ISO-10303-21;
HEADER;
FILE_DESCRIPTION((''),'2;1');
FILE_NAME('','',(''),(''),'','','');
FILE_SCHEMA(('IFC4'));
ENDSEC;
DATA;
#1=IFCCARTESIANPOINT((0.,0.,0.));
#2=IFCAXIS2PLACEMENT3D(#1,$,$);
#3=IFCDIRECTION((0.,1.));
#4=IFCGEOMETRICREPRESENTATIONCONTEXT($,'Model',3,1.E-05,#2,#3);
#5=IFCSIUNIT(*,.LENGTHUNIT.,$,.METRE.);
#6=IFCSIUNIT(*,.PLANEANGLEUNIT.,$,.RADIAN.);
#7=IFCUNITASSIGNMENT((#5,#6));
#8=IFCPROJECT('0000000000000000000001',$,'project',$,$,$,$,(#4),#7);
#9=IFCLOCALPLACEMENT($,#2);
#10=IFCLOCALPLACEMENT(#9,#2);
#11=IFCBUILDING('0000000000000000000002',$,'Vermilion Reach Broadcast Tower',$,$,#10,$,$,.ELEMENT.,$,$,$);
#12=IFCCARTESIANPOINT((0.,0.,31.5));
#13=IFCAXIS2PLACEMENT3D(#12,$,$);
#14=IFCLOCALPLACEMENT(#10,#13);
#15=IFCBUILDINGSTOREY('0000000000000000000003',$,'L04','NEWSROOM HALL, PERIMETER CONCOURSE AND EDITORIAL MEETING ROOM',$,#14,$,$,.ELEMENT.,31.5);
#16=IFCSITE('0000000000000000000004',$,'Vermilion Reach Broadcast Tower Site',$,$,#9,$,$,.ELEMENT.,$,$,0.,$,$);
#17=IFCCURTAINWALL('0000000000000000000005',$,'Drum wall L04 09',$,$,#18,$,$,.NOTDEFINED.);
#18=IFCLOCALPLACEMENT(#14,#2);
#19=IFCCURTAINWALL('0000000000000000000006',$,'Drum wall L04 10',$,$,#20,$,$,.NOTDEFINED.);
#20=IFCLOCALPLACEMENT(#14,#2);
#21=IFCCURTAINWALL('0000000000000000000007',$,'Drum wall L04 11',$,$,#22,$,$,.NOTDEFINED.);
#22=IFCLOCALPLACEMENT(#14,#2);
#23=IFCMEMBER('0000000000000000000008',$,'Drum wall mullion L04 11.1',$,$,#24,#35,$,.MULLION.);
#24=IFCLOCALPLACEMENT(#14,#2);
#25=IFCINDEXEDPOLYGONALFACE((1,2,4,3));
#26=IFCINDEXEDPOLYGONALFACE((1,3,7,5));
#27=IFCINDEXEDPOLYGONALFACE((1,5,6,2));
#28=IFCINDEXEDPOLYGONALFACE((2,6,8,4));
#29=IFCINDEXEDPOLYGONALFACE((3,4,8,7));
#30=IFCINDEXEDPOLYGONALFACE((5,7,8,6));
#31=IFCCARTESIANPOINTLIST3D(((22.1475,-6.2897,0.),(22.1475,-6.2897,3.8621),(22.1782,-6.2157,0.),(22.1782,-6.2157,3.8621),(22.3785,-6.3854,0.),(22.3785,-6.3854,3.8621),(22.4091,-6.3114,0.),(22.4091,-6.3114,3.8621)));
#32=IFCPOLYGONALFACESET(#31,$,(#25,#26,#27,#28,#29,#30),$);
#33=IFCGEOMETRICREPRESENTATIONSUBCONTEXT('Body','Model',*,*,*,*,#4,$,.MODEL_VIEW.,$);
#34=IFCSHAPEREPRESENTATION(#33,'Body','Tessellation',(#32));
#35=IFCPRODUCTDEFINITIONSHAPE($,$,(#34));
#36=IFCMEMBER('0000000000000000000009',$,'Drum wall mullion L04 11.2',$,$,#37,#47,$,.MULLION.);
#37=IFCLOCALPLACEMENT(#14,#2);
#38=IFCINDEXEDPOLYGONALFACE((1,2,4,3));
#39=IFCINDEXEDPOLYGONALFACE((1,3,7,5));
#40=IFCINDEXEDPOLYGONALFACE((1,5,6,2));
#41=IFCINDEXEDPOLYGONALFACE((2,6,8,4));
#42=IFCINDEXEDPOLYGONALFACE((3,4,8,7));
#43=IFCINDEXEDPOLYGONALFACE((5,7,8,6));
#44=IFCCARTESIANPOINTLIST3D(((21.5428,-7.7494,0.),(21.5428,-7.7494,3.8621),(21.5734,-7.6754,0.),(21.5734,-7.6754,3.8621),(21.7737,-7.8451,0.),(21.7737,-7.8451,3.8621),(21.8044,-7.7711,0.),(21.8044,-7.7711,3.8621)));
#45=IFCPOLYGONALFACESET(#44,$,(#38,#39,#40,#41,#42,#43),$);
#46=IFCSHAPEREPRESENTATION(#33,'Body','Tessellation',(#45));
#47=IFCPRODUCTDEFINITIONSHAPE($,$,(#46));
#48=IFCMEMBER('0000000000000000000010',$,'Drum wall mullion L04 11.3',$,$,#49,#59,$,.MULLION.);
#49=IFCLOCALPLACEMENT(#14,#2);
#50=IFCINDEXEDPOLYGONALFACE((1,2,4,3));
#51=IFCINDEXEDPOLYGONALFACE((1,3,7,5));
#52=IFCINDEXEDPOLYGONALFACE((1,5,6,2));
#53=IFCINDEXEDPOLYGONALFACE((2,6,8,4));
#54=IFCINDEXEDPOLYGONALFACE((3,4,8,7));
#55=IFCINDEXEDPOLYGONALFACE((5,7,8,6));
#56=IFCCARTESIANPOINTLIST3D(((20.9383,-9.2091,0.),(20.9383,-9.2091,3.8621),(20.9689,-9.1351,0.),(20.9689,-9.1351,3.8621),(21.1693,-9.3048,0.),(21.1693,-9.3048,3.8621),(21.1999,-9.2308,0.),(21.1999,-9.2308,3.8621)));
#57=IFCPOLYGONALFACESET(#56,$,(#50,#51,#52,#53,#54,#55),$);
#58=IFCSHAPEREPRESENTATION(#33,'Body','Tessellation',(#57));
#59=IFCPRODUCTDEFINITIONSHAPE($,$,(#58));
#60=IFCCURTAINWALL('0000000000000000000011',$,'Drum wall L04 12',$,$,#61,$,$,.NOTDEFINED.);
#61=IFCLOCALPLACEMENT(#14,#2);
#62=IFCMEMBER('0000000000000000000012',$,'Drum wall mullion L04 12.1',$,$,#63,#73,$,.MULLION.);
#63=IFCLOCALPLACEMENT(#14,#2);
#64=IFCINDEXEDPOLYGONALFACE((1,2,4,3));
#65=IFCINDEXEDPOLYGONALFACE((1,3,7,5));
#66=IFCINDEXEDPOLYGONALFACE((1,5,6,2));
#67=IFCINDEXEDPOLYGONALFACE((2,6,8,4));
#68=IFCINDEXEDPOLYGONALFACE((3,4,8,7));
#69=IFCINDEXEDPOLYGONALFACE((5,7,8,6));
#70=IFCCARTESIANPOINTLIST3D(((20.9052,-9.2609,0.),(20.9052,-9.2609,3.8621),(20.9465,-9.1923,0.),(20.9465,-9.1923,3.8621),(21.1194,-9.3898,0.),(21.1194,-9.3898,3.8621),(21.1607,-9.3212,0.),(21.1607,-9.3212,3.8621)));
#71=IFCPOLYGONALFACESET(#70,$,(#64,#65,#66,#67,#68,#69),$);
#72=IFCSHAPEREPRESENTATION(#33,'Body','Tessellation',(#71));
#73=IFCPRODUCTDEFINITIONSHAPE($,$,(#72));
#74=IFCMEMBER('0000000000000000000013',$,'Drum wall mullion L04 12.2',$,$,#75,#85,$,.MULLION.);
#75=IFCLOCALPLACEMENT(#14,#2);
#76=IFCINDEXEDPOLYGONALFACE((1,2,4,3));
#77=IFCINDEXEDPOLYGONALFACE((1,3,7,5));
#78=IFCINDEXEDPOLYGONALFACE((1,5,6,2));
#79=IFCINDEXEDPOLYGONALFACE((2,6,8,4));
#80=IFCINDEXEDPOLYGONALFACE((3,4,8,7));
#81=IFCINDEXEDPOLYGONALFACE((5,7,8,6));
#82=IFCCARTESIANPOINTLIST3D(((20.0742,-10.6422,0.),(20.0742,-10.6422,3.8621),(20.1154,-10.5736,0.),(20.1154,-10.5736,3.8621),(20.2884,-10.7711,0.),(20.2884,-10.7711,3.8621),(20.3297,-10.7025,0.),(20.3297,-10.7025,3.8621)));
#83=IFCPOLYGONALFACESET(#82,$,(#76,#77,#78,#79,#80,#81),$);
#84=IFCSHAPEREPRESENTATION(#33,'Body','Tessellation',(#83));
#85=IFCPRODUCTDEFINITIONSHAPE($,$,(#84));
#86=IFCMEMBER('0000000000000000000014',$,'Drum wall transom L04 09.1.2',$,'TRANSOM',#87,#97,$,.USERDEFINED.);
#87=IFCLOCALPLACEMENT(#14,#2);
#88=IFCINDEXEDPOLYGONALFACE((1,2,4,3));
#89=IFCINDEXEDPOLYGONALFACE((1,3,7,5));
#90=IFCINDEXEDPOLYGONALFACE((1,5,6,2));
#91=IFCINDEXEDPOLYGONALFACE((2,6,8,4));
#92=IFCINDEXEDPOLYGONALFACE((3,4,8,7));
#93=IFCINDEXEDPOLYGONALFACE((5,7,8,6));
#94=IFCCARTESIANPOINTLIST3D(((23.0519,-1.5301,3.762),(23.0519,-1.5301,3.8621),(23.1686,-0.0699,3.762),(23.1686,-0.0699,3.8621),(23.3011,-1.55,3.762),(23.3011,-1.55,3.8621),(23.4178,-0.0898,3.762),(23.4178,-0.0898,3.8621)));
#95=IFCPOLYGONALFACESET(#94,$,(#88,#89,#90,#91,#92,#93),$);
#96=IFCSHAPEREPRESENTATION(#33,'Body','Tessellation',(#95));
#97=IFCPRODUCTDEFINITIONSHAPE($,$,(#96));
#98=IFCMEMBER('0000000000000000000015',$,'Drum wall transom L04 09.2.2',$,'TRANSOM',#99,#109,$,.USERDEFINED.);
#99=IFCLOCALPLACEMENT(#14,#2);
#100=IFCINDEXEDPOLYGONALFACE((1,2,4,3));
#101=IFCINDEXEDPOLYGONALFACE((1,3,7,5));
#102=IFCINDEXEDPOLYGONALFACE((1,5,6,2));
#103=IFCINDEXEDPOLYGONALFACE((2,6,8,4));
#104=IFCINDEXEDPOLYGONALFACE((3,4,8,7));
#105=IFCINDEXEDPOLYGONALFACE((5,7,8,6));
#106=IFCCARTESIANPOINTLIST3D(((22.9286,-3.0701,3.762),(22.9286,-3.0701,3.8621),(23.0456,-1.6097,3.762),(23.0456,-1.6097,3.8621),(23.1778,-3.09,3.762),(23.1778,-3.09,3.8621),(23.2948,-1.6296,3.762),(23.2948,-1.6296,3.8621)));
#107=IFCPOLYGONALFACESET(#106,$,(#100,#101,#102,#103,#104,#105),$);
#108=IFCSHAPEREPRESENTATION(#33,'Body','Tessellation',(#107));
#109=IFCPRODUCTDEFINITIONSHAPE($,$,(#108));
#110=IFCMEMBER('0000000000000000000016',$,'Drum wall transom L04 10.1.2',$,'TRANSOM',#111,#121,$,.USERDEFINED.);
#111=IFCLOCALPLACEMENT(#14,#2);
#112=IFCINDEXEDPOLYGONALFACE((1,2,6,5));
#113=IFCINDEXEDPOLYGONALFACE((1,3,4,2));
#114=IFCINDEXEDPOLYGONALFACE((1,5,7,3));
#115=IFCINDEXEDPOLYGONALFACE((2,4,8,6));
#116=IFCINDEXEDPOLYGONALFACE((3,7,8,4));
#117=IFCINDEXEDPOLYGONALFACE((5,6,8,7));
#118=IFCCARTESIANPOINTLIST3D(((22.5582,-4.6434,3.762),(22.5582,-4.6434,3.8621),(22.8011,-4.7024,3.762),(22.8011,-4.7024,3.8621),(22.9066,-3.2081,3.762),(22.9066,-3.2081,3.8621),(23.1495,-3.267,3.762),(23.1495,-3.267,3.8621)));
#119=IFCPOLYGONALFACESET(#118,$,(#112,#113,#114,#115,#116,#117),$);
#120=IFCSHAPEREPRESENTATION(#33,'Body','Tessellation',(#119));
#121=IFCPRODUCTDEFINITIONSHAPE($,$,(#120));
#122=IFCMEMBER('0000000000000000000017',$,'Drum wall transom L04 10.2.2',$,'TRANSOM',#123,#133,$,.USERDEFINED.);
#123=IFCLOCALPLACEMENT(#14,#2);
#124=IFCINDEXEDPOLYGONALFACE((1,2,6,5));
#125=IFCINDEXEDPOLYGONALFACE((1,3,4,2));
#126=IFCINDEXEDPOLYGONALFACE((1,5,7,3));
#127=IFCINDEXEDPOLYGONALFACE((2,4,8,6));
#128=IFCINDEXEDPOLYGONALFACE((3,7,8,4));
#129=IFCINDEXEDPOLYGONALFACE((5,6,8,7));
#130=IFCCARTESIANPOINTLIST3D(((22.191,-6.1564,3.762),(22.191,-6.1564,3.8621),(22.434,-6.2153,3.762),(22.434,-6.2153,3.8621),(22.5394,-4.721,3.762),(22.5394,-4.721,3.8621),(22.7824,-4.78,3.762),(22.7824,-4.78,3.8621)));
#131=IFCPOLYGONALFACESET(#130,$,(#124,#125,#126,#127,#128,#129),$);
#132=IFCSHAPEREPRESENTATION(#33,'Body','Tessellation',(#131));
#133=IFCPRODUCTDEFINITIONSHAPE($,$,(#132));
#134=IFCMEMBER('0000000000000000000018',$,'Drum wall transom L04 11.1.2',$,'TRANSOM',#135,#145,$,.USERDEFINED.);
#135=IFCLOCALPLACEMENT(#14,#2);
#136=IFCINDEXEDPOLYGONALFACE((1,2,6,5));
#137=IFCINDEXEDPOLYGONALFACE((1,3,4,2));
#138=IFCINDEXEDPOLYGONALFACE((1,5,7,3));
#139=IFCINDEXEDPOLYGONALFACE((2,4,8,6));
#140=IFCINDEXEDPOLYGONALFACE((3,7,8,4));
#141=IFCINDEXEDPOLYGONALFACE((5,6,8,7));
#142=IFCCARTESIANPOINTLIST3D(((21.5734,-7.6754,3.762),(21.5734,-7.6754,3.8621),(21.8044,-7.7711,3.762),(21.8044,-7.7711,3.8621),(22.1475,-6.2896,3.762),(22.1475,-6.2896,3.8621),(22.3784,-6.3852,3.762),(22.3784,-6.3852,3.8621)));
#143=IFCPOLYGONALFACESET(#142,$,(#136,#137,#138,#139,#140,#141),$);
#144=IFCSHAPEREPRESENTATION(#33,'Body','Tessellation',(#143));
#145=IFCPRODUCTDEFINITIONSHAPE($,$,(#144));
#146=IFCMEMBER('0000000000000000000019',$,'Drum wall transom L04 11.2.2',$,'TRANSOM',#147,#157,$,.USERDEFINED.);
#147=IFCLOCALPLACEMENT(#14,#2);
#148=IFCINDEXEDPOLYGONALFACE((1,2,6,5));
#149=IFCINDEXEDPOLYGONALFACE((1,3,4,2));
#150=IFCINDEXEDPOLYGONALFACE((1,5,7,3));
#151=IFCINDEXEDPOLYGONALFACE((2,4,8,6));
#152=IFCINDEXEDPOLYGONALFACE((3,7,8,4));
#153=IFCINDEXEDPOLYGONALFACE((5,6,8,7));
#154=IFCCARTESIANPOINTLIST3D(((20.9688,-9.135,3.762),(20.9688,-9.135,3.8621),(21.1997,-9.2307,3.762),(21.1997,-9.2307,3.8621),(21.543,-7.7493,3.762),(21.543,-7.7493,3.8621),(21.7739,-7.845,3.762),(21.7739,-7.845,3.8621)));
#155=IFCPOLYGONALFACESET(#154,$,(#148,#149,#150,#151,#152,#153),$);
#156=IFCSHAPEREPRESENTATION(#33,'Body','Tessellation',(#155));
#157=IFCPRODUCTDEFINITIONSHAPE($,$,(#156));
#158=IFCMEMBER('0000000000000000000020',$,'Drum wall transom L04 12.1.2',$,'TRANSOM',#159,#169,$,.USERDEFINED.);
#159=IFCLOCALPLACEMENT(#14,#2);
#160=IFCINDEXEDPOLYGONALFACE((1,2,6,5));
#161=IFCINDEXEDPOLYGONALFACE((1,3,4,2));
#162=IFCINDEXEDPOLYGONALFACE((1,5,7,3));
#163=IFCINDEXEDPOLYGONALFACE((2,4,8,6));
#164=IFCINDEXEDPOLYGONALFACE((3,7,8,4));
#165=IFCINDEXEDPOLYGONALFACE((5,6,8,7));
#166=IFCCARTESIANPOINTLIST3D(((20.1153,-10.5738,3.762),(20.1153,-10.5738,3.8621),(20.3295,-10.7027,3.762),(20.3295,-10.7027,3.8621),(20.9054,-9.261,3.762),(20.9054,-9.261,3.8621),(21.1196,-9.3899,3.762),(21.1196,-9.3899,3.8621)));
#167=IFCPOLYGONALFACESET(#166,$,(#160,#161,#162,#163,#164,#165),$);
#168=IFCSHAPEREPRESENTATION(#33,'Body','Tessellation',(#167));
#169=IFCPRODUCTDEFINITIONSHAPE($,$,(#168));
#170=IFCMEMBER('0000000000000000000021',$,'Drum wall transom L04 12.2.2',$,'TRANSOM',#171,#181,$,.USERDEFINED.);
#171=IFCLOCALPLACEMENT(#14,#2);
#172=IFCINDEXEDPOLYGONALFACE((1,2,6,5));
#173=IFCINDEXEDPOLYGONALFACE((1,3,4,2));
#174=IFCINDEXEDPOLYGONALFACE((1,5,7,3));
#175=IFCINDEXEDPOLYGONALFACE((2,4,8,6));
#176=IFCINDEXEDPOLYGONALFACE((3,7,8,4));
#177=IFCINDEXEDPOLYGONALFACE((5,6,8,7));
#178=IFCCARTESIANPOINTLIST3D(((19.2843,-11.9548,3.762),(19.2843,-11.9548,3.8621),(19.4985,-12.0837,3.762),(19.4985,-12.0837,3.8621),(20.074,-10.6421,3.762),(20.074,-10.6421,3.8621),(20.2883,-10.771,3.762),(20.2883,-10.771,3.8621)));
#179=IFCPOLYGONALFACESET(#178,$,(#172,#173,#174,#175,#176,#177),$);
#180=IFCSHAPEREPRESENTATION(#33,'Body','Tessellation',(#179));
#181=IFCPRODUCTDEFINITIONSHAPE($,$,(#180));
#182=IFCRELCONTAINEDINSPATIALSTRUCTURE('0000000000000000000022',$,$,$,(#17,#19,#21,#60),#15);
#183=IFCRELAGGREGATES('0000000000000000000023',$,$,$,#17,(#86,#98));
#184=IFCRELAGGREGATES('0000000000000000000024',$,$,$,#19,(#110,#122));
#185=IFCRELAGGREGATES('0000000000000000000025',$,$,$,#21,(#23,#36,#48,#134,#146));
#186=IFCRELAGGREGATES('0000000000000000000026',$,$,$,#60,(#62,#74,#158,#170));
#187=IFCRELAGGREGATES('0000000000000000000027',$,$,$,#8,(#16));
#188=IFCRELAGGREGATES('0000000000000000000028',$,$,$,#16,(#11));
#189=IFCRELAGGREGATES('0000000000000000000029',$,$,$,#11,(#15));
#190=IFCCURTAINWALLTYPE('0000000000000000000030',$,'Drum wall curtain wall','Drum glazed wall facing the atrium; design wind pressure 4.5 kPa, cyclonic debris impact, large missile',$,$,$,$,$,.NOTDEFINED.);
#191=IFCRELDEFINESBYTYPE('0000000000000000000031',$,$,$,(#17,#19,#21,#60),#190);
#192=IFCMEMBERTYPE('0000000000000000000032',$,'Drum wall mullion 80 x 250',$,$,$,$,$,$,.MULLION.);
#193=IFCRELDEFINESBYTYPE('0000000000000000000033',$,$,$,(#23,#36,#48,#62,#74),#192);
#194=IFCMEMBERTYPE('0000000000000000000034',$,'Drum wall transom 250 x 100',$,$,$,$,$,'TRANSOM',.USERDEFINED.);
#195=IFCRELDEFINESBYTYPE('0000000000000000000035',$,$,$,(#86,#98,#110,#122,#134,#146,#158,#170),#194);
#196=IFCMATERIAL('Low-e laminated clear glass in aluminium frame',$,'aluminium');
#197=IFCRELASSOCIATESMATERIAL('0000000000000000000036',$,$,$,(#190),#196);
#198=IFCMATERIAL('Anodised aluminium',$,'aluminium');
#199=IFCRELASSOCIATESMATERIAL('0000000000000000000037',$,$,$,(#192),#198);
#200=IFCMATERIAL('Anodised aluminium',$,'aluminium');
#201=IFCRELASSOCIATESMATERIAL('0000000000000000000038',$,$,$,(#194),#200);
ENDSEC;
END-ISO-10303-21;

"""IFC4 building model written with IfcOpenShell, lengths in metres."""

from ifc_helpers import new_model, si_unit, direction, frame, origin, origin_2d, place, context, subcontext, project, spatial, rectangle, extrude, material, material_profile, profile_set, type_object, element, aggregate, save


model = new_model("IFC4")

# Units and contexts
model_context = context("Model", 3, precision=1e-05, world=origin(), true_north=direction((0.0, 1.0)))
body_context = subcontext(model_context, "Body", "Model", "MODEL_VIEW")
ifc_project = project(units=[si_unit("LENGTHUNIT", "METRE"), si_unit("PLANEANGLEUNIT", "RADIAN")], contexts=[model_context])

# Site, building, storey
site_placement = place(None, origin())
site = spatial("IfcSite", under=ifc_project, at=site_placement, Name="Vermilion Reach Broadcast Tower Site", CompositionType="ELEMENT", RefElevation=0.0)
building_placement = place(site_placement, origin())
building = spatial("IfcBuilding", under=site, at=building_placement, Name="Vermilion Reach Broadcast Tower", CompositionType="ELEMENT")
storey_placement = place(building_placement, frame((0.0, 0.0, 31.5)))
storey = spatial("IfcBuildingStorey", under=building, at=storey_placement, Name="L04", Description="NEWSROOM HALL, PERIMETER CONCOURSE AND EDITORIAL MEETING ROOM", CompositionType="ELEMENT", Elevation=31.5)

# Curtain walls, members
ifc_material_1 = material(Name="Low-e laminated clear glass in aluminium frame", Category="aluminium")
curtain_wall_type = type_object("IfcCurtainWallType", Name="Drum wall curtain wall", Description="Drum glazed wall facing the atrium; design wind pressure 4.5 kPa, cyclonic debris impact, large missile", PredefinedType="NOTDEFINED", material=ifc_material_1)
placement = place(storey_placement, origin())
curtain_wall_1 = element("IfcCurtainWall", 1, at=placement, inside=storey, type_object=curtain_wall_type, Name="Drum wall L04 09", PredefinedType="NOTDEFINED")
ifc_material_2 = material(Name="Anodised aluminium", Category="aluminium")
ifc_material_profile_1 = material_profile(ifc_material_2, rectangle(XDim=0.25, YDim=0.0801, at=origin_2d()), Name="Drum wall mullion 80 x 250")
ifc_profile_set_1 = profile_set([ifc_material_profile_1], Name="Anodised aluminium")
member_type_1 = type_object("IfcMemberType", Name="Drum wall mullion 80 x 250", PredefinedType="MULLION", material=ifc_profile_set_1)
curtain_wall_2 = element("IfcCurtainWall", 2, at=placement, inside=storey, type_object=curtain_wall_type, Name="Drum wall L04 10", PredefinedType="NOTDEFINED")
curtain_wall_3 = element("IfcCurtainWall", 3, at=placement, inside=storey, type_object=curtain_wall_type, Name="Drum wall L04 11", PredefinedType="NOTDEFINED")
member_1_placement = place(storey_placement, frame((22.2783, -6.3005, 0.0), z_axis=(0.0, 0.0, 1.0), x_axis=(0.923875, -0.382693, 0.0)))
member_1 = element("IfcMember", 4, at=member_1_placement, type_object=member_type_1, Name="Drum wall mullion L04 11.1", PredefinedType="MULLION", context=body_context, shape_type="SweptSolid", body=[
    extrude(rectangle(XDim=0.25, YDim=0.0801, at=origin_2d()), origin(), (0.0, 0.0, 1.0), 3.8621),
])
member_2_placement = place(storey_placement, frame((21.6736, -7.7603, 0.0), z_axis=(0.0, 0.0, 1.0), x_axis=(0.923875, -0.382693, 0.0)))
member_2 = element("IfcMember", 5, at=member_2_placement, type_object=member_type_1, Name="Drum wall mullion L04 11.2", PredefinedType="MULLION", context=body_context, shape_type="SweptSolid", body=[
    extrude(rectangle(XDim=0.25, YDim=0.0801, at=origin_2d()), origin(), (0.0, 0.0, 1.0), 3.8621),
])
member_3_placement = place(storey_placement, frame((21.0691, -9.22, 0.0), z_axis=(0.0, 0.0, 1.0), x_axis=(0.923875, -0.382693, 0.0)))
member_3 = element("IfcMember", 6, at=member_3_placement, type_object=member_type_1, Name="Drum wall mullion L04 11.3", PredefinedType="MULLION", context=body_context, shape_type="SweptSolid", body=[
    extrude(rectangle(XDim=0.25, YDim=0.0801, at=origin_2d()), origin(), (0.0, 0.0, 1.0), 3.8621),
])
curtain_wall_4 = element("IfcCurtainWall", 7, at=placement, inside=storey, type_object=curtain_wall_type, Name="Drum wall L04 12", PredefinedType="NOTDEFINED")
member_4_placement = place(storey_placement, frame((21.033, -9.291, 0.0), z_axis=(0.0, 0.0, 1.0), x_axis=(0.856821, -0.515613, 0.0)))
member_4 = element("IfcMember", 8, at=member_4_placement, type_object=member_type_1, Name="Drum wall mullion L04 12.1", PredefinedType="MULLION", context=body_context, shape_type="SweptSolid", body=[
    extrude(rectangle(XDim=0.25, YDim=0.0801, at=origin_2d()), origin(), (0.0, 0.0, 1.0), 3.8621),
])
member_5_placement = place(storey_placement, frame((20.2019, -10.6724, 0.0), z_axis=(0.0, 0.0, 1.0), x_axis=(0.856821, -0.515613, 0.0)))
member_5 = element("IfcMember", 9, at=member_5_placement, type_object=member_type_1, Name="Drum wall mullion L04 12.2", PredefinedType="MULLION", context=body_context, shape_type="SweptSolid", body=[
    extrude(rectangle(XDim=0.25, YDim=0.0801, at=origin_2d()), origin(), (0.0, 0.0, 1.0), 3.8621),
])

# Members
ifc_material_3 = material(Name="Anodised aluminium", Category="aluminium")
ifc_material_profile_2 = material_profile(ifc_material_3, rectangle(XDim=0.25, YDim=0.1001, at=origin_2d()), Name="Drum wall transom 250 x 100")
ifc_profile_set_2 = profile_set([ifc_material_profile_2], Name="Anodised aluminium")
member_type_2 = type_object("IfcMemberType", Name="Drum wall transom 250 x 100", ElementType="TRANSOM", PredefinedType="USERDEFINED", material=ifc_profile_set_2)
member_6_placement = place(storey_placement, frame((23.2932, -0.0798, 3.812), z_axis=(-0.079666, -0.996822, 0.0), x_axis=(0.996822, -0.079666, 0.0)))
member_6 = element("IfcMember", 10, at=member_6_placement, type_object=member_type_2, Name="Drum wall transom L04 09.1.2", ObjectType="TRANSOM", PredefinedType="USERDEFINED", context=body_context, shape_type="SweptSolid", body=[
    extrude(rectangle(XDim=0.25, YDim=0.1001, at=origin_2d()), origin(), (0.0, 0.0, 1.0), 1.4648),
])
member_7_placement = place(storey_placement, frame((23.1702, -1.6196, 3.812), z_axis=(-0.079818, -0.996809, 0.0), x_axis=(0.996809, -0.079818, 0.0)))
member_7 = element("IfcMember", 11, at=member_7_placement, type_object=member_type_2, Name="Drum wall transom L04 09.2.2", ObjectType="TRANSOM", PredefinedType="USERDEFINED", context=body_context, shape_type="SweptSolid", body=[
    extrude(rectangle(XDim=0.25, YDim=0.1001, at=origin_2d()), origin(), (0.0, 0.0, 1.0), 1.4651),
])
member_8_placement = place(storey_placement, frame((23.0281, -3.2375, 3.812), z_axis=(-0.235879, -0.971782, 0.0), x_axis=(0.971782, -0.235879, 0.0)))
member_8 = element("IfcMember", 12, at=member_8_placement, type_object=member_type_2, Name="Drum wall transom L04 10.1.2", ObjectType="TRANSOM", PredefinedType="USERDEFINED", context=body_context, shape_type="SweptSolid", body=[
    extrude(rectangle(XDim=0.25, YDim=0.1001, at=origin_2d()), origin(), (0.0, 0.0, 1.0), 1.4771),
])
member_9_placement = place(storey_placement, frame((22.6609, -4.7505, 3.812), z_axis=(-0.235879, -0.971782, 0.0), x_axis=(0.971782, -0.235879, 0.0)))
member_9 = element("IfcMember", 13, at=member_9_placement, type_object=member_type_2, Name="Drum wall transom L04 10.2.2", ObjectType="TRANSOM", PredefinedType="USERDEFINED", context=body_context, shape_type="SweptSolid", body=[
    extrude(rectangle(XDim=0.25, YDim=0.1001, at=origin_2d()), origin(), (0.0, 0.0, 1.0), 1.4771),
])
member_10_placement = place(storey_placement, frame((22.2629, -6.3374, 3.812), z_axis=(-0.382673, -0.923884, 0.0), x_axis=(0.923884, -0.382673, 0.0)))
member_10 = element("IfcMember", 14, at=member_10_placement, type_object=member_type_2, Name="Drum wall transom L04 11.1.2", ObjectType="TRANSOM", PredefinedType="USERDEFINED", context=body_context, shape_type="SweptSolid", body=[
    extrude(rectangle(XDim=0.25, YDim=0.1001, at=origin_2d()), origin(), (0.0, 0.0, 1.0), 1.5),
])
member_11_placement = place(storey_placement, frame((21.6584, -7.7971, 3.812), z_axis=(-0.382812, -0.923826, 0.0), x_axis=(0.923826, -0.382812, 0.0)))
member_11 = element("IfcMember", 15, at=member_11_placement, type_object=member_type_2, Name="Drum wall transom L04 11.2.2", ObjectType="TRANSOM", PredefinedType="USERDEFINED", context=body_context, shape_type="SweptSolid", body=[
    extrude(rectangle(XDim=0.25, YDim=0.1001, at=origin_2d()), origin(), (0.0, 0.0, 1.0), 1.5),
])
member_12_placement = place(storey_placement, frame((21.0125, -9.3254, 3.812), z_axis=(-0.515644, -0.856803, 0.0), x_axis=(0.856803, -0.515644, 0.0)))
member_12 = element("IfcMember", 16, at=member_12_placement, type_object=member_type_2, Name="Drum wall transom L04 12.1.2", ObjectType="TRANSOM", PredefinedType="USERDEFINED", context=body_context, shape_type="SweptSolid", body=[
    extrude(rectangle(XDim=0.25, YDim=0.1001, at=origin_2d()), origin(), (0.0, 0.0, 1.0), 1.5322),
])
member_13_placement = place(storey_placement, frame((20.1812, -10.7065, 3.812), z_axis=(-0.515527, -0.856874, 0.0), x_axis=(0.856874, -0.515527, 0.0)))
member_13 = element("IfcMember", 17, at=member_13_placement, type_object=member_type_2, Name="Drum wall transom L04 12.2.2", ObjectType="TRANSOM", PredefinedType="USERDEFINED", context=body_context, shape_type="SweptSolid", body=[
    extrude(rectangle(XDim=0.25, YDim=0.1001, at=origin_2d()), origin(), (0.0, 0.0, 1.0), 1.532),
])

aggregate(curtain_wall_1, [member_6, member_7])
aggregate(curtain_wall_2, [member_8, member_9])
aggregate(curtain_wall_3, [member_1, member_2, member_3, member_10, member_11])
aggregate(curtain_wall_4, [member_4, member_5, member_12, member_13])

save(model, "model.ifc")
